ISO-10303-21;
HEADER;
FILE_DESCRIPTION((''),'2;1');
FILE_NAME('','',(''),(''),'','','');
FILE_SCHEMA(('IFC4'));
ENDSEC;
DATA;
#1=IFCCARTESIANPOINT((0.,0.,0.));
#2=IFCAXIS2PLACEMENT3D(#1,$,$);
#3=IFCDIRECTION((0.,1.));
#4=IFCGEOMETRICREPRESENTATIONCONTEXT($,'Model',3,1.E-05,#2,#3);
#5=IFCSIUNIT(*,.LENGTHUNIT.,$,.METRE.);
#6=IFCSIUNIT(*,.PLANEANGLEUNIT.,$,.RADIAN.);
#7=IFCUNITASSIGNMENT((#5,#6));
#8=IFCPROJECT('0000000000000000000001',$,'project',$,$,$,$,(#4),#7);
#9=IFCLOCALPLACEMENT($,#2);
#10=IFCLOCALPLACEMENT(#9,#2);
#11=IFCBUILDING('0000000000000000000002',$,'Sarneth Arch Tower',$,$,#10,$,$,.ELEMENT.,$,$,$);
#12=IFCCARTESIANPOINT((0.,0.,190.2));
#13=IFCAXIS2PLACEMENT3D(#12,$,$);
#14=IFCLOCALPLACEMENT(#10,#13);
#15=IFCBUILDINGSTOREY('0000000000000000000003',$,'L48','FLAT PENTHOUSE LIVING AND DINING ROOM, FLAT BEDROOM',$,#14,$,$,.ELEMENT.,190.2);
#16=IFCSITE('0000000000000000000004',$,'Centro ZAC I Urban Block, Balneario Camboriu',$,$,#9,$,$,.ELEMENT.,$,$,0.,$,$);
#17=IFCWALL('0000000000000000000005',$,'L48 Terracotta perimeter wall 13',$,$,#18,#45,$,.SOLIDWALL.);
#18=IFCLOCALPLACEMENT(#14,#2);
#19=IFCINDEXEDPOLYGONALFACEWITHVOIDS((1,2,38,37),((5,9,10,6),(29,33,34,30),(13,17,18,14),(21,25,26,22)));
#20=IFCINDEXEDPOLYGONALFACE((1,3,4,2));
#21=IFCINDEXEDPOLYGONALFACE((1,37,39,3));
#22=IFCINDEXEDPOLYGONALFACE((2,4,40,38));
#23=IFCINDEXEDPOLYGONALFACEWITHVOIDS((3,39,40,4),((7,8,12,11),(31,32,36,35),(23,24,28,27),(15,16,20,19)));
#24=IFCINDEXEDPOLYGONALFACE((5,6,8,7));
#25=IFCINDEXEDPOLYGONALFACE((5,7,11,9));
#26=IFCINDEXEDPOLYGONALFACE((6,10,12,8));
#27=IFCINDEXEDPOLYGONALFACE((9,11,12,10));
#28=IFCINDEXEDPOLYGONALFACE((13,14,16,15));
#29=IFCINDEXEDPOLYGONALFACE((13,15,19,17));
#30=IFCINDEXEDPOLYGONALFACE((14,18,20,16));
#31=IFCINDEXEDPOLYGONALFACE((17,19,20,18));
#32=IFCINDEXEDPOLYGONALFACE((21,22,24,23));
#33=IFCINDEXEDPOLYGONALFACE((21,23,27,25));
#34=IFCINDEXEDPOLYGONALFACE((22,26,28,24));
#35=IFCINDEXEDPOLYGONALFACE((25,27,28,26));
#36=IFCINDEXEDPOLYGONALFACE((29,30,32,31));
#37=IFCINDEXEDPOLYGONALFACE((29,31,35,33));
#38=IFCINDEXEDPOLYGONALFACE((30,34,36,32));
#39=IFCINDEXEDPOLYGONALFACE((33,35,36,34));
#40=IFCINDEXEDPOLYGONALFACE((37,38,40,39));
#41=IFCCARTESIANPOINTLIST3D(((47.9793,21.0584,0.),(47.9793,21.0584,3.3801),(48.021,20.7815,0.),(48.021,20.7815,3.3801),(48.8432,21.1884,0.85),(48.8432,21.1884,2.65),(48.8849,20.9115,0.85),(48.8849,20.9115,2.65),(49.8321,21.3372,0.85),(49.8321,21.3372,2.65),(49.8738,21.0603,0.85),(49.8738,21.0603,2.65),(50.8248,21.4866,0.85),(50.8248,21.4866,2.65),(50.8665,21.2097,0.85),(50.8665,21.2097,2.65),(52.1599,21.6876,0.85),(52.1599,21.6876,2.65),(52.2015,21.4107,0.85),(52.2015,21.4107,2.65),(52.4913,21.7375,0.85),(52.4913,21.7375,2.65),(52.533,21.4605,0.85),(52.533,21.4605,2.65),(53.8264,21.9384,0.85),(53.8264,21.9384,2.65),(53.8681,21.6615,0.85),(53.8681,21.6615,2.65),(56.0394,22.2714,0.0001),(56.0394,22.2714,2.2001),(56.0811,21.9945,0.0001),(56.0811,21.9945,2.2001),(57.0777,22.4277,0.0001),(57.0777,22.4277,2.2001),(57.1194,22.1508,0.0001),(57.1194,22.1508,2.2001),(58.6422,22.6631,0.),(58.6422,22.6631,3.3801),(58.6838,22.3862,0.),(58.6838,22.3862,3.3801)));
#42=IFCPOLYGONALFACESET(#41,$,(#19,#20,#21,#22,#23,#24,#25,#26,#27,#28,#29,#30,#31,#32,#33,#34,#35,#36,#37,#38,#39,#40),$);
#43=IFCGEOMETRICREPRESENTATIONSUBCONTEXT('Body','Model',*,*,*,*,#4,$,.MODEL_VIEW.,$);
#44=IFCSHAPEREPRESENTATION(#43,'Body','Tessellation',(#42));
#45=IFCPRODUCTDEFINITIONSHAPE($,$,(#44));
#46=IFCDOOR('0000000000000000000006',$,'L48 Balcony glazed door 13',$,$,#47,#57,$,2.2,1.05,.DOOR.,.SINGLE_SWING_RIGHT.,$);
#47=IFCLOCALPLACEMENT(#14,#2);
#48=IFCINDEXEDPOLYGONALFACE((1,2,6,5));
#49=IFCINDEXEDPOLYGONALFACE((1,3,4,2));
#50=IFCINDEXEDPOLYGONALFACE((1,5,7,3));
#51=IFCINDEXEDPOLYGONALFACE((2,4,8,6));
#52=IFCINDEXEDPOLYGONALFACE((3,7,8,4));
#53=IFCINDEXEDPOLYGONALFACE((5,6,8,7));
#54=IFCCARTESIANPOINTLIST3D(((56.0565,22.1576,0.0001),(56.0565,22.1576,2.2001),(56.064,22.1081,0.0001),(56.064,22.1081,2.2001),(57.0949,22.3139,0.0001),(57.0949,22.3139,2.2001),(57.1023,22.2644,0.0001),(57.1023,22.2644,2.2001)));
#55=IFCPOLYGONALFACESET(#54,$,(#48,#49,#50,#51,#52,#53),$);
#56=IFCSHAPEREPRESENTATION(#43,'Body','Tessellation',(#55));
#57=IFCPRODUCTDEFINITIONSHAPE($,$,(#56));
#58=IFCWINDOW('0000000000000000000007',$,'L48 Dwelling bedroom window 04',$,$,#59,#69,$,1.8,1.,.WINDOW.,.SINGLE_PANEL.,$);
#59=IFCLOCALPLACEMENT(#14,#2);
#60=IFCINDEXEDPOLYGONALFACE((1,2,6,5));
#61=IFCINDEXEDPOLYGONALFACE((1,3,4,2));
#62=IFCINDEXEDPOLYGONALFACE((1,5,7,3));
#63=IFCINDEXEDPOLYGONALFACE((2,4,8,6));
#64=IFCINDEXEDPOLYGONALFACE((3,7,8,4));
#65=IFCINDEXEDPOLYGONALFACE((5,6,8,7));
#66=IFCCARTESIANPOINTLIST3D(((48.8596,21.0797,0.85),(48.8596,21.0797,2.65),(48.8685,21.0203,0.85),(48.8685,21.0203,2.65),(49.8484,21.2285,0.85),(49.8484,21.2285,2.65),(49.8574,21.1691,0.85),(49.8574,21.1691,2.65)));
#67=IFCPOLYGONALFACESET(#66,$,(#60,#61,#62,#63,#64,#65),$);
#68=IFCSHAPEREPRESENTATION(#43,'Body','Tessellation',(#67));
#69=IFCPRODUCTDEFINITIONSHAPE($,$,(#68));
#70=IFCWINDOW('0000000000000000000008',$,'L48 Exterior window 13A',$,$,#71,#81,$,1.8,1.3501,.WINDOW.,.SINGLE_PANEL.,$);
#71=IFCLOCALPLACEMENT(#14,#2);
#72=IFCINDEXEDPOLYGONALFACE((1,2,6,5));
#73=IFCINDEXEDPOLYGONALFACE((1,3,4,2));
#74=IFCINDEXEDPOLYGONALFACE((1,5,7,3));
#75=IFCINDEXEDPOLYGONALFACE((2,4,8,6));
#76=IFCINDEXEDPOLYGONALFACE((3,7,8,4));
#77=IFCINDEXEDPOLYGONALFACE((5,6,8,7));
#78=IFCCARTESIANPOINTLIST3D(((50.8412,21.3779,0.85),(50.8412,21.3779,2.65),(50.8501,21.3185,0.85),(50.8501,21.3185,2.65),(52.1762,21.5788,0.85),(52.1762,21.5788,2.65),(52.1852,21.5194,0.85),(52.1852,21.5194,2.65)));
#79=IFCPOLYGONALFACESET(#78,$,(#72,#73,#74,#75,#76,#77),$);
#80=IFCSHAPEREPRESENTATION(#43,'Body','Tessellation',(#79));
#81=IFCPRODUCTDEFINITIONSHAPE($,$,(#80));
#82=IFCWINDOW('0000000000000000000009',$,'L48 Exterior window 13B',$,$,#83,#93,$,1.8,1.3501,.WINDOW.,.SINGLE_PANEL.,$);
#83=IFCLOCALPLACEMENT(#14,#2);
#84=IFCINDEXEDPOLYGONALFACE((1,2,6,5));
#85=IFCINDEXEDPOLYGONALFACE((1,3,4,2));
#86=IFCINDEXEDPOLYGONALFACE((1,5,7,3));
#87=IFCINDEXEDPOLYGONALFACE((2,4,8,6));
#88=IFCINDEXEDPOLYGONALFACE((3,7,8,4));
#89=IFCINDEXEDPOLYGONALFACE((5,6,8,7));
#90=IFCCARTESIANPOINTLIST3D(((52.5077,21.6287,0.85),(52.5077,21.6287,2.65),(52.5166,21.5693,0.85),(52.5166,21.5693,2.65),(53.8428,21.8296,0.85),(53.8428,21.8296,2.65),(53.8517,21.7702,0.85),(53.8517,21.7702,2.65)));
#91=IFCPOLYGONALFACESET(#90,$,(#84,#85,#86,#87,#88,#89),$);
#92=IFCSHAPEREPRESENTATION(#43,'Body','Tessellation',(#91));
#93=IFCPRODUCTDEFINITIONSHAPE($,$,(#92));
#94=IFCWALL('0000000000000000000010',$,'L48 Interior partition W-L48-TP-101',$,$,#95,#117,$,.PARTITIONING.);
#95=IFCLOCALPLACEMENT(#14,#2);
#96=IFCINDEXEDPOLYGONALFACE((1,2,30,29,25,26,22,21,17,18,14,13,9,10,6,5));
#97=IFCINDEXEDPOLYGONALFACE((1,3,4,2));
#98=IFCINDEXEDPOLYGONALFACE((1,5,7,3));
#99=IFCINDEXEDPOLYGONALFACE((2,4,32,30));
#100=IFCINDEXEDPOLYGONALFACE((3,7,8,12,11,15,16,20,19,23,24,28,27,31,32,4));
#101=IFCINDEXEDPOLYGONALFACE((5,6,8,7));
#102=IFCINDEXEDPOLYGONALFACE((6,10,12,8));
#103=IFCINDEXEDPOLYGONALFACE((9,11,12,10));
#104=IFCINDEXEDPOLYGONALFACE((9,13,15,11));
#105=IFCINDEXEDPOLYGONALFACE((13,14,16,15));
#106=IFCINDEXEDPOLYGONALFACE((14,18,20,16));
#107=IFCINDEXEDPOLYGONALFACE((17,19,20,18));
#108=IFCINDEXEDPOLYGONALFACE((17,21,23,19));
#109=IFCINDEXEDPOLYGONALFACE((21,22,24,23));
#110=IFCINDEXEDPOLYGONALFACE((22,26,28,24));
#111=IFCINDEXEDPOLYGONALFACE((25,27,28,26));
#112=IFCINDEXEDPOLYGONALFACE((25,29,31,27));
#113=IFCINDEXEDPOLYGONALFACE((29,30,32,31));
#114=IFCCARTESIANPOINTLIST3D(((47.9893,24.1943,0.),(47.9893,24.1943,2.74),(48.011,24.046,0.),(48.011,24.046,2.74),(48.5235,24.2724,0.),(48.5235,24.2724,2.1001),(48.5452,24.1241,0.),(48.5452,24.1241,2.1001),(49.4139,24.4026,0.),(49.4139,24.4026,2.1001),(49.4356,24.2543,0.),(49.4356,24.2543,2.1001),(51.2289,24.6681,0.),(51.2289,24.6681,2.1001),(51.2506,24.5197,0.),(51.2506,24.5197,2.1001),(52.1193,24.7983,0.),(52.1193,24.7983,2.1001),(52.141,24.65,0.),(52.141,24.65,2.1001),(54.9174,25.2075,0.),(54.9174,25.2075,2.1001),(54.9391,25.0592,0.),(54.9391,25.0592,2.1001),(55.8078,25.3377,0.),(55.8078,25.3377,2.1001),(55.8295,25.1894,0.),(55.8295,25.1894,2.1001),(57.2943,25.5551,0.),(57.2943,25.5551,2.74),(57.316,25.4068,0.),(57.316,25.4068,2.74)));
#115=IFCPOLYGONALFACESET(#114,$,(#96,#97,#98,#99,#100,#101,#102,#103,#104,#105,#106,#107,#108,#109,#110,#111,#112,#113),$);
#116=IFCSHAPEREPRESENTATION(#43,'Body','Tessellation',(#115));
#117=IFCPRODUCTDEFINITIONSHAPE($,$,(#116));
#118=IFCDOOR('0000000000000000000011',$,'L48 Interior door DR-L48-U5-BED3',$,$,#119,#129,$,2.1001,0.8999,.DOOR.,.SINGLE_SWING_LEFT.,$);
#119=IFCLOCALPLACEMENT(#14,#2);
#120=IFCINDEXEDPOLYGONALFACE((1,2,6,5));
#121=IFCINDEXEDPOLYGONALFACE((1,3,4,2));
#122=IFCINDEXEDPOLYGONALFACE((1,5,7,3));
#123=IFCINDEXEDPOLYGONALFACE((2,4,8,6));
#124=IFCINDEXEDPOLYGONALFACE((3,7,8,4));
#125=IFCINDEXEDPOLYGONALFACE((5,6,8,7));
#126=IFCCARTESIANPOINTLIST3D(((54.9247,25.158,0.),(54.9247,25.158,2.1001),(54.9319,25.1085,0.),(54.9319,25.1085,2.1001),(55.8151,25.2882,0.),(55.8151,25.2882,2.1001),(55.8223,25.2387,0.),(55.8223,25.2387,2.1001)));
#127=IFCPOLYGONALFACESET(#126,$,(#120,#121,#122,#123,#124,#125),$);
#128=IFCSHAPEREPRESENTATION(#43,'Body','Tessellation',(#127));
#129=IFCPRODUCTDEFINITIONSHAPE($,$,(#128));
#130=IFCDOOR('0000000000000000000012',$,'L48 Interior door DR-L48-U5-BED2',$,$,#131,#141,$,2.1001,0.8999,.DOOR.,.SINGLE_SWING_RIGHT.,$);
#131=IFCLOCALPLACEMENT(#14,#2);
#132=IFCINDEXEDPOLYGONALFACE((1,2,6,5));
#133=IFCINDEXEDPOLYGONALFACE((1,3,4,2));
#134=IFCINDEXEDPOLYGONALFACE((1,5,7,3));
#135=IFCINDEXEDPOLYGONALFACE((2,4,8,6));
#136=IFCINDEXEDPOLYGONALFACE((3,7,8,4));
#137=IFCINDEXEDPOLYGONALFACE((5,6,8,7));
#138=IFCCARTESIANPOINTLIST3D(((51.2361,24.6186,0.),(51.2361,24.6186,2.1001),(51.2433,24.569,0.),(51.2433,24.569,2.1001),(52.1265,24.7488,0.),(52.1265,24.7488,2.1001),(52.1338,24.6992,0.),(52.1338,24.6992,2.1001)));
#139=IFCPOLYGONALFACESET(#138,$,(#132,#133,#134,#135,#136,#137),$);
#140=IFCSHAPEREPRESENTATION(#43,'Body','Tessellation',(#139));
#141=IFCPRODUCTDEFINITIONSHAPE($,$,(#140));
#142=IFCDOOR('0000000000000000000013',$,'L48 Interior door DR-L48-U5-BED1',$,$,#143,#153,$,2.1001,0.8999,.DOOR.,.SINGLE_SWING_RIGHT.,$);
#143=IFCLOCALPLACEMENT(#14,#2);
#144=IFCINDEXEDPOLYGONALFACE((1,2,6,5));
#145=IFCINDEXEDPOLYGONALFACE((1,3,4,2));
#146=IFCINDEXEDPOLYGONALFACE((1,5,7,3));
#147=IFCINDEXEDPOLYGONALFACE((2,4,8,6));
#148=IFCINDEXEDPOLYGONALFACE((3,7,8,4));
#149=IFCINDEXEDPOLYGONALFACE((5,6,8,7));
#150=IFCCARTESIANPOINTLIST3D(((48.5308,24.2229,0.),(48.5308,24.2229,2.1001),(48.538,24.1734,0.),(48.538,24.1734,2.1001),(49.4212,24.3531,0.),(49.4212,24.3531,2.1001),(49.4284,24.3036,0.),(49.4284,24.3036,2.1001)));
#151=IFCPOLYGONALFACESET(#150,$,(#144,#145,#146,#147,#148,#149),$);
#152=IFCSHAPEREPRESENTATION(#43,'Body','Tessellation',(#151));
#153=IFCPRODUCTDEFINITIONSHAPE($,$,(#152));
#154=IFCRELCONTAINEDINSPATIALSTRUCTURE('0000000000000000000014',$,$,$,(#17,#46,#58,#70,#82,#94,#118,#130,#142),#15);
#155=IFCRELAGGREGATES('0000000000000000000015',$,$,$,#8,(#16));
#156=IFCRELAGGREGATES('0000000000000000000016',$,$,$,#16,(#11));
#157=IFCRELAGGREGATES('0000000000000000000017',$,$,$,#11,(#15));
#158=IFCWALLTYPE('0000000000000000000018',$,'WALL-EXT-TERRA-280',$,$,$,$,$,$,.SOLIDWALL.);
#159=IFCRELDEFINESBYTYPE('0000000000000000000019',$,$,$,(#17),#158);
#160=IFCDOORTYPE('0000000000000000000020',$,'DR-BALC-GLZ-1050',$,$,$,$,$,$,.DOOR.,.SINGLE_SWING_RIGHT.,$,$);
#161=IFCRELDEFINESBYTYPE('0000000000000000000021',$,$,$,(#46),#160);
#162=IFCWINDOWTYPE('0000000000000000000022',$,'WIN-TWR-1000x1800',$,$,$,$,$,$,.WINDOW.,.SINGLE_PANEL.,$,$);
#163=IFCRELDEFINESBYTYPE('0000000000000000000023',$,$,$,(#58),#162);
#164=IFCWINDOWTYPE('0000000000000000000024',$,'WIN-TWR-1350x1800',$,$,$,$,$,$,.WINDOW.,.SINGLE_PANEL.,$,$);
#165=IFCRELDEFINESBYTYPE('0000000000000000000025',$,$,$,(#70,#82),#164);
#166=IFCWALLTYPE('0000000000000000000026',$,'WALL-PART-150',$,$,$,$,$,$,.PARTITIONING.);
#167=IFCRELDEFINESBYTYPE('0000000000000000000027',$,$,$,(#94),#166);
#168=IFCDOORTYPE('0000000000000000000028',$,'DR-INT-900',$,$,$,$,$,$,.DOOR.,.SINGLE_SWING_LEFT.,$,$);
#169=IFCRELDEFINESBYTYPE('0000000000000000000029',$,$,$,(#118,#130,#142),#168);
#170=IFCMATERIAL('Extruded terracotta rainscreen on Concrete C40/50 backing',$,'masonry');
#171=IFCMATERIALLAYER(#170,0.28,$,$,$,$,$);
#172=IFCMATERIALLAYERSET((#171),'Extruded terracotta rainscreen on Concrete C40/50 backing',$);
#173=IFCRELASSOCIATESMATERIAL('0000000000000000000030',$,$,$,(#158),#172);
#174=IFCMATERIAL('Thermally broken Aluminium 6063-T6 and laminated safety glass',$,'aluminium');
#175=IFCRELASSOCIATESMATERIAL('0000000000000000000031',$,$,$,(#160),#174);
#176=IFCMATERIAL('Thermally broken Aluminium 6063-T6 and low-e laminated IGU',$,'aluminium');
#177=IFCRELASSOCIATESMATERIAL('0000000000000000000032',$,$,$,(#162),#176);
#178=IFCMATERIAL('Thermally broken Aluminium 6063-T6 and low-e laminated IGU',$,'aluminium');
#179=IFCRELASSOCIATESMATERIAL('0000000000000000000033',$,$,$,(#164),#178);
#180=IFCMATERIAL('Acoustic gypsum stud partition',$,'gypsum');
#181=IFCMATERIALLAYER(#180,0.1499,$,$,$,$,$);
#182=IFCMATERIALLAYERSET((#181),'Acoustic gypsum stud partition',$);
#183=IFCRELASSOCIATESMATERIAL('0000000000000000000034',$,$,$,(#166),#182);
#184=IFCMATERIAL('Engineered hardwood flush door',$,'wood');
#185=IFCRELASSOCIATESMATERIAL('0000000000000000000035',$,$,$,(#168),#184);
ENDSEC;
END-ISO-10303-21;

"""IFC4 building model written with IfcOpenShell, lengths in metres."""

from ifc_helpers import new_model, si_unit, direction, frame, frame_2d, origin, place, context, subcontext, project, spatial, rectangle, extrude, material, layer, layer_set, type_object, element, fill, save


model = new_model("IFC4")

# Units and contexts
model_context = context("Model", 3, precision=1e-05, world=origin(), true_north=direction((0.0, 1.0)))
body_context = subcontext(model_context, "Body", "Model", "MODEL_VIEW")
ifc_project = project(units=[si_unit("LENGTHUNIT", "METRE"), si_unit("PLANEANGLEUNIT", "RADIAN")], contexts=[model_context])

# Site, building, storey
site_placement = place(None, origin())
site = spatial("IfcSite", under=ifc_project, at=site_placement, Name="Centro ZAC I Urban Block, Balneario Camboriu", CompositionType="ELEMENT", RefElevation=0.0)
building_placement = place(site_placement, origin())
building = spatial("IfcBuilding", under=site, at=building_placement, Name="Sarneth Arch Tower", CompositionType="ELEMENT")
storey_placement = place(building_placement, frame((0.0, 0.0, 190.2)))
storey = spatial("IfcBuildingStorey", under=building, at=storey_placement, Name="L48", Description="FLAT PENTHOUSE LIVING AND DINING ROOM, FLAT BEDROOM", CompositionType="ELEMENT", Elevation=190.2)

# Wall, openings, door, windows
ifc_material_1 = material(Name="Extruded terracotta rainscreen on Concrete C40/50 backing", Category="masonry")
ifc_layer_1 = layer(ifc_material_1, 0.28)
ifc_layer_set_1 = layer_set([ifc_layer_1], Name="Extruded terracotta rainscreen on Concrete C40/50 backing")
wall_type_1 = type_object("IfcWallType", Name="WALL-EXT-TERRA-280", PredefinedType="SOLIDWALL", material=ifc_layer_set_1)
wall_1_placement = place(storey_placement, frame((48.0, 20.9199, 0.0), z_axis=(0.0, 0.0, 1.0), x_axis=(0.988864, 0.148822, 0.0)))
wall_1 = element("IfcWall", 1, at=wall_1_placement, inside=storey, type_object=wall_type_1, Name="L48 Terracotta perimeter wall 13", PredefinedType="SOLIDWALL", context=body_context, shape_type="SweptSolid", body=[
    extrude(rectangle(XDim=10.783, YDim=0.28, at=frame_2d((5.3916, 0.0))), origin(), (0.0, 0.0, 1.0), 3.3801),
])
opening_1_placement = place(wall_1_placement, frame((2.8777, 0.0, 0.8501)))
opening_1 = element("IfcOpeningElement", 2, at=opening_1_placement, cuts=wall_1, PredefinedType="OPENING", context=body_context, shape_type="SweptSolid", body=[
    extrude(rectangle(XDim=1.3501, YDim=1.8, at=frame_2d((0.675, 0.8999))), frame((0.0, 0.1499, 0.0), z_axis=(0.0, -1.0, 0.0), x_axis=(1.0, 0.0, 0.0)), (0.0, 0.0, 1.0), 0.3),
])
opening_2_placement = place(wall_1_placement, frame((4.563, 0.0, 0.8501)))
opening_2 = element("IfcOpeningElement", 3, at=opening_2_placement, cuts=wall_1, PredefinedType="OPENING", context=body_context, shape_type="SweptSolid", body=[
    extrude(rectangle(XDim=1.3501, YDim=1.8, at=frame_2d((0.675, 0.8999))), frame((0.0, 0.1499, 0.0), z_axis=(0.0, -1.0, 0.0), x_axis=(1.0, 0.0, 0.0)), (0.0, 0.0, 1.0), 0.3),
])
opening_3_placement = place(wall_1_placement, frame((8.1511, 0.0, 0.0)))
opening_3 = element("IfcOpeningElement", 4, at=opening_3_placement, cuts=wall_1, PredefinedType="OPENING", context=body_context, shape_type="SweptSolid", body=[
    extrude(rectangle(XDim=1.05, YDim=2.2, at=frame_2d((0.5249, 1.1001))), frame((0.0, 0.1499, 0.0), z_axis=(0.0, -1.0, 0.0), x_axis=(1.0, 0.0, 0.0)), (0.0, 0.0, 1.0), 0.3),
])
opening_4_placement = place(wall_1_placement, frame((0.8738, 0.0, 0.8501)))
opening_4 = element("IfcOpeningElement", 5, at=opening_4_placement, cuts=wall_1, PredefinedType="OPENING", context=body_context, shape_type="SweptSolid", body=[
    extrude(rectangle(XDim=1.0, YDim=1.8, at=frame_2d((0.5, 0.8999))), frame((0.0, 0.1499, 0.0), z_axis=(0.0, -1.0, 0.0), x_axis=(1.0, 0.0, 0.0)), (0.0, 0.0, 1.0), 0.3),
])
ifc_material_2 = material(Name="Thermally broken Aluminium 6063-T6 and laminated safety glass", Category="aluminium")
door_type_1 = type_object("IfcDoorType", Name="DR-BALC-GLZ-1050", OperationType="SINGLE_SWING_RIGHT", PredefinedType="DOOR", material=ifc_material_2)
door_1_placement = place(opening_3_placement, origin())
door_1 = element("IfcDoor", 6, at=door_1_placement, inside=storey, type_object=door_type_1, Name="L48 Balcony glazed door 13", OperationType="SINGLE_SWING_RIGHT", OverallHeight=2.2, OverallWidth=1.05, PredefinedType="DOOR", context=body_context, shape_type="SweptSolid", body=[
    extrude(rectangle(XDim=1.05, YDim=2.2, at=frame_2d((0.5249, 1.1001))), frame((0.0, 0.0249, 0.0), z_axis=(0.0, -1.0, 0.0), x_axis=(1.0, 0.0, 0.0)), (0.0, 0.0, 1.0), 0.05),
])
fill(opening_3, door_1)
ifc_material_3 = material(Name="Thermally broken Aluminium 6063-T6 and low-e laminated IGU", Category="aluminium")
window_type_1 = type_object("IfcWindowType", Name="WIN-TWR-1000x1800", PartitioningType="SINGLE_PANEL", PredefinedType="WINDOW", material=ifc_material_3)
window_1_placement = place(opening_4_placement, origin())
window_1 = element("IfcWindow", 7, at=window_1_placement, inside=storey, type_object=window_type_1, Name="L48 Dwelling bedroom window 04", OverallHeight=1.8, OverallWidth=1.0, PartitioningType="SINGLE_PANEL", PredefinedType="WINDOW", context=body_context, shape_type="SweptSolid", body=[
    extrude(rectangle(XDim=1.0, YDim=1.8, at=frame_2d((0.5, 0.8999))), frame((0.0, 0.03, 0.0), z_axis=(0.0, -1.0, 0.0), x_axis=(1.0, 0.0, 0.0)), (0.0, 0.0, 1.0), 0.0601),
])
fill(opening_4, window_1)
ifc_material_4 = material(Name="Thermally broken Aluminium 6063-T6 and low-e laminated IGU", Category="aluminium")
window_type_2 = type_object("IfcWindowType", Name="WIN-TWR-1350x1800", PartitioningType="SINGLE_PANEL", PredefinedType="WINDOW", material=ifc_material_4)
window_2_placement = place(opening_1_placement, origin())
window_2 = element("IfcWindow", 8, at=window_2_placement, inside=storey, type_object=window_type_2, Name="L48 Exterior window 13A", OverallHeight=1.8, OverallWidth=1.3501, PartitioningType="SINGLE_PANEL", PredefinedType="WINDOW", context=body_context, shape_type="SweptSolid", body=[
    extrude(rectangle(XDim=1.3501, YDim=1.8, at=frame_2d((0.675, 0.8999))), frame((0.0, 0.03, 0.0), z_axis=(0.0, -1.0, 0.0), x_axis=(1.0, 0.0, 0.0)), (0.0, 0.0, 1.0), 0.0601),
])
fill(opening_1, window_2)
window_3_placement = place(opening_2_placement, origin())
window_3 = element("IfcWindow", 9, at=window_3_placement, inside=storey, type_object=window_type_2, Name="L48 Exterior window 13B", OverallHeight=1.8, OverallWidth=1.3501, PartitioningType="SINGLE_PANEL", PredefinedType="WINDOW", context=body_context, shape_type="SweptSolid", body=[
    extrude(rectangle(XDim=1.3501, YDim=1.8, at=frame_2d((0.675, 0.8999))), frame((0.0, 0.03, 0.0), z_axis=(0.0, -1.0, 0.0), x_axis=(1.0, 0.0, 0.0)), (0.0, 0.0, 1.0), 0.0601),
])
fill(opening_2, window_3)

# Wall, openings, doors
ifc_material_5 = material(Name="Acoustic gypsum stud partition", Category="gypsum")
ifc_layer_2 = layer(ifc_material_5, 0.1499)
ifc_layer_set_2 = layer_set([ifc_layer_2], Name="Acoustic gypsum stud partition")
wall_type_2 = type_object("IfcWallType", Name="WALL-PART-150", PredefinedType="PARTITIONING", material=ifc_layer_set_2)
wall_2_placement = place(storey_placement, frame((48.0, 24.1201, 0.0), z_axis=(0.0, 0.0, 1.0), x_axis=(0.989475, 0.144706, 0.0)))
wall_2 = element("IfcWall", 10, at=wall_2_placement, inside=storey, type_object=wall_type_2, Name="L48 Interior partition W-L48-TP-101", PredefinedType="PARTITIONING", context=body_context, shape_type="SweptSolid", body=[
    extrude(rectangle(XDim=9.4041, YDim=0.1499, at=frame_2d((4.7021, 0.0))), origin(), (0.0, 0.0, 1.0), 2.74),
])
opening_5_placement = place(wall_2_placement, frame((7.002, 0.0, 0.0)))
opening_5 = element("IfcOpeningElement", 11, at=opening_5_placement, cuts=wall_2, PredefinedType="OPENING", context=body_context, shape_type="SweptSolid", body=[
    extrude(rectangle(XDim=0.8999, YDim=2.1001, at=frame_2d((0.45, 1.05))), frame((0.0, 0.085, 0.0), z_axis=(0.0, -1.0, 0.0), x_axis=(1.0, 0.0, 0.0)), (0.0, 0.0, 1.0), 0.1699),
])
opening_6_placement = place(wall_2_placement, frame((3.2742, 0.0, 0.0)))
opening_6 = element("IfcOpeningElement", 12, at=opening_6_placement, cuts=wall_2, PredefinedType="OPENING", context=body_context, shape_type="SweptSolid", body=[
    extrude(rectangle(XDim=0.8999, YDim=2.1001, at=frame_2d((0.45, 1.05))), frame((0.0, 0.085, 0.0), z_axis=(0.0, -1.0, 0.0), x_axis=(1.0, 0.0, 0.0)), (0.0, 0.0, 1.0), 0.1699),
])
opening_7_placement = place(wall_2_placement, frame((0.54, 0.0, 0.0)))
opening_7 = element("IfcOpeningElement", 13, at=opening_7_placement, cuts=wall_2, PredefinedType="OPENING", context=body_context, shape_type="SweptSolid", body=[
    extrude(rectangle(XDim=0.8999, YDim=2.1001, at=frame_2d((0.45, 1.05))), frame((0.0, 0.085, 0.0), z_axis=(0.0, -1.0, 0.0), x_axis=(1.0, 0.0, 0.0)), (0.0, 0.0, 1.0), 0.1699),
])
ifc_material_6 = material(Name="Engineered hardwood flush door", Category="wood")
door_type_2 = type_object("IfcDoorType", Name="DR-INT-900", OperationType="SINGLE_SWING_LEFT", PredefinedType="DOOR", material=ifc_material_6)
door_2_placement = place(opening_5_placement, origin())
door_2 = element("IfcDoor", 14, at=door_2_placement, inside=storey, type_object=door_type_2, Name="L48 Interior door DR-L48-U5-BED3", OperationType="SINGLE_SWING_LEFT", OverallHeight=2.1001, OverallWidth=0.8999, PredefinedType="DOOR", context=body_context, shape_type="SweptSolid", body=[
    extrude(rectangle(XDim=0.8999, YDim=2.1001, at=frame_2d((0.45, 1.05))), frame((0.0, 0.0249, 0.0), z_axis=(0.0, -1.0, 0.0), x_axis=(1.0, 0.0, 0.0)), (0.0, 0.0, 1.0), 0.05),
])
fill(opening_5, door_2)
door_3_placement = place(opening_6_placement, origin())
door_3 = element("IfcDoor", 15, at=door_3_placement, inside=storey, type_object=door_type_2, Name="L48 Interior door DR-L48-U5-BED2", OperationType="SINGLE_SWING_RIGHT", OverallHeight=2.1001, OverallWidth=0.8999, PredefinedType="DOOR", context=body_context, shape_type="SweptSolid", body=[
    extrude(rectangle(XDim=0.8999, YDim=2.1001, at=frame_2d((0.45, 1.05))), frame((0.0, 0.0249, 0.0), z_axis=(0.0, -1.0, 0.0), x_axis=(1.0, 0.0, 0.0)), (0.0, 0.0, 1.0), 0.05),
])
fill(opening_6, door_3)
door_4_placement = place(opening_7_placement, origin())
door_4 = element("IfcDoor", 16, at=door_4_placement, inside=storey, type_object=door_type_2, Name="L48 Interior door DR-L48-U5-BED1", OperationType="SINGLE_SWING_RIGHT", OverallHeight=2.1001, OverallWidth=0.8999, PredefinedType="DOOR", context=body_context, shape_type="SweptSolid", body=[
    extrude(rectangle(XDim=0.8999, YDim=2.1001, at=frame_2d((0.45, 1.05))), frame((0.0, 0.0249, 0.0), z_axis=(0.0, -1.0, 0.0), x_axis=(1.0, 0.0, 0.0)), (0.0, 0.0, 1.0), 0.05),
])
fill(opening_7, door_4)

save(model, "model.ifc")
